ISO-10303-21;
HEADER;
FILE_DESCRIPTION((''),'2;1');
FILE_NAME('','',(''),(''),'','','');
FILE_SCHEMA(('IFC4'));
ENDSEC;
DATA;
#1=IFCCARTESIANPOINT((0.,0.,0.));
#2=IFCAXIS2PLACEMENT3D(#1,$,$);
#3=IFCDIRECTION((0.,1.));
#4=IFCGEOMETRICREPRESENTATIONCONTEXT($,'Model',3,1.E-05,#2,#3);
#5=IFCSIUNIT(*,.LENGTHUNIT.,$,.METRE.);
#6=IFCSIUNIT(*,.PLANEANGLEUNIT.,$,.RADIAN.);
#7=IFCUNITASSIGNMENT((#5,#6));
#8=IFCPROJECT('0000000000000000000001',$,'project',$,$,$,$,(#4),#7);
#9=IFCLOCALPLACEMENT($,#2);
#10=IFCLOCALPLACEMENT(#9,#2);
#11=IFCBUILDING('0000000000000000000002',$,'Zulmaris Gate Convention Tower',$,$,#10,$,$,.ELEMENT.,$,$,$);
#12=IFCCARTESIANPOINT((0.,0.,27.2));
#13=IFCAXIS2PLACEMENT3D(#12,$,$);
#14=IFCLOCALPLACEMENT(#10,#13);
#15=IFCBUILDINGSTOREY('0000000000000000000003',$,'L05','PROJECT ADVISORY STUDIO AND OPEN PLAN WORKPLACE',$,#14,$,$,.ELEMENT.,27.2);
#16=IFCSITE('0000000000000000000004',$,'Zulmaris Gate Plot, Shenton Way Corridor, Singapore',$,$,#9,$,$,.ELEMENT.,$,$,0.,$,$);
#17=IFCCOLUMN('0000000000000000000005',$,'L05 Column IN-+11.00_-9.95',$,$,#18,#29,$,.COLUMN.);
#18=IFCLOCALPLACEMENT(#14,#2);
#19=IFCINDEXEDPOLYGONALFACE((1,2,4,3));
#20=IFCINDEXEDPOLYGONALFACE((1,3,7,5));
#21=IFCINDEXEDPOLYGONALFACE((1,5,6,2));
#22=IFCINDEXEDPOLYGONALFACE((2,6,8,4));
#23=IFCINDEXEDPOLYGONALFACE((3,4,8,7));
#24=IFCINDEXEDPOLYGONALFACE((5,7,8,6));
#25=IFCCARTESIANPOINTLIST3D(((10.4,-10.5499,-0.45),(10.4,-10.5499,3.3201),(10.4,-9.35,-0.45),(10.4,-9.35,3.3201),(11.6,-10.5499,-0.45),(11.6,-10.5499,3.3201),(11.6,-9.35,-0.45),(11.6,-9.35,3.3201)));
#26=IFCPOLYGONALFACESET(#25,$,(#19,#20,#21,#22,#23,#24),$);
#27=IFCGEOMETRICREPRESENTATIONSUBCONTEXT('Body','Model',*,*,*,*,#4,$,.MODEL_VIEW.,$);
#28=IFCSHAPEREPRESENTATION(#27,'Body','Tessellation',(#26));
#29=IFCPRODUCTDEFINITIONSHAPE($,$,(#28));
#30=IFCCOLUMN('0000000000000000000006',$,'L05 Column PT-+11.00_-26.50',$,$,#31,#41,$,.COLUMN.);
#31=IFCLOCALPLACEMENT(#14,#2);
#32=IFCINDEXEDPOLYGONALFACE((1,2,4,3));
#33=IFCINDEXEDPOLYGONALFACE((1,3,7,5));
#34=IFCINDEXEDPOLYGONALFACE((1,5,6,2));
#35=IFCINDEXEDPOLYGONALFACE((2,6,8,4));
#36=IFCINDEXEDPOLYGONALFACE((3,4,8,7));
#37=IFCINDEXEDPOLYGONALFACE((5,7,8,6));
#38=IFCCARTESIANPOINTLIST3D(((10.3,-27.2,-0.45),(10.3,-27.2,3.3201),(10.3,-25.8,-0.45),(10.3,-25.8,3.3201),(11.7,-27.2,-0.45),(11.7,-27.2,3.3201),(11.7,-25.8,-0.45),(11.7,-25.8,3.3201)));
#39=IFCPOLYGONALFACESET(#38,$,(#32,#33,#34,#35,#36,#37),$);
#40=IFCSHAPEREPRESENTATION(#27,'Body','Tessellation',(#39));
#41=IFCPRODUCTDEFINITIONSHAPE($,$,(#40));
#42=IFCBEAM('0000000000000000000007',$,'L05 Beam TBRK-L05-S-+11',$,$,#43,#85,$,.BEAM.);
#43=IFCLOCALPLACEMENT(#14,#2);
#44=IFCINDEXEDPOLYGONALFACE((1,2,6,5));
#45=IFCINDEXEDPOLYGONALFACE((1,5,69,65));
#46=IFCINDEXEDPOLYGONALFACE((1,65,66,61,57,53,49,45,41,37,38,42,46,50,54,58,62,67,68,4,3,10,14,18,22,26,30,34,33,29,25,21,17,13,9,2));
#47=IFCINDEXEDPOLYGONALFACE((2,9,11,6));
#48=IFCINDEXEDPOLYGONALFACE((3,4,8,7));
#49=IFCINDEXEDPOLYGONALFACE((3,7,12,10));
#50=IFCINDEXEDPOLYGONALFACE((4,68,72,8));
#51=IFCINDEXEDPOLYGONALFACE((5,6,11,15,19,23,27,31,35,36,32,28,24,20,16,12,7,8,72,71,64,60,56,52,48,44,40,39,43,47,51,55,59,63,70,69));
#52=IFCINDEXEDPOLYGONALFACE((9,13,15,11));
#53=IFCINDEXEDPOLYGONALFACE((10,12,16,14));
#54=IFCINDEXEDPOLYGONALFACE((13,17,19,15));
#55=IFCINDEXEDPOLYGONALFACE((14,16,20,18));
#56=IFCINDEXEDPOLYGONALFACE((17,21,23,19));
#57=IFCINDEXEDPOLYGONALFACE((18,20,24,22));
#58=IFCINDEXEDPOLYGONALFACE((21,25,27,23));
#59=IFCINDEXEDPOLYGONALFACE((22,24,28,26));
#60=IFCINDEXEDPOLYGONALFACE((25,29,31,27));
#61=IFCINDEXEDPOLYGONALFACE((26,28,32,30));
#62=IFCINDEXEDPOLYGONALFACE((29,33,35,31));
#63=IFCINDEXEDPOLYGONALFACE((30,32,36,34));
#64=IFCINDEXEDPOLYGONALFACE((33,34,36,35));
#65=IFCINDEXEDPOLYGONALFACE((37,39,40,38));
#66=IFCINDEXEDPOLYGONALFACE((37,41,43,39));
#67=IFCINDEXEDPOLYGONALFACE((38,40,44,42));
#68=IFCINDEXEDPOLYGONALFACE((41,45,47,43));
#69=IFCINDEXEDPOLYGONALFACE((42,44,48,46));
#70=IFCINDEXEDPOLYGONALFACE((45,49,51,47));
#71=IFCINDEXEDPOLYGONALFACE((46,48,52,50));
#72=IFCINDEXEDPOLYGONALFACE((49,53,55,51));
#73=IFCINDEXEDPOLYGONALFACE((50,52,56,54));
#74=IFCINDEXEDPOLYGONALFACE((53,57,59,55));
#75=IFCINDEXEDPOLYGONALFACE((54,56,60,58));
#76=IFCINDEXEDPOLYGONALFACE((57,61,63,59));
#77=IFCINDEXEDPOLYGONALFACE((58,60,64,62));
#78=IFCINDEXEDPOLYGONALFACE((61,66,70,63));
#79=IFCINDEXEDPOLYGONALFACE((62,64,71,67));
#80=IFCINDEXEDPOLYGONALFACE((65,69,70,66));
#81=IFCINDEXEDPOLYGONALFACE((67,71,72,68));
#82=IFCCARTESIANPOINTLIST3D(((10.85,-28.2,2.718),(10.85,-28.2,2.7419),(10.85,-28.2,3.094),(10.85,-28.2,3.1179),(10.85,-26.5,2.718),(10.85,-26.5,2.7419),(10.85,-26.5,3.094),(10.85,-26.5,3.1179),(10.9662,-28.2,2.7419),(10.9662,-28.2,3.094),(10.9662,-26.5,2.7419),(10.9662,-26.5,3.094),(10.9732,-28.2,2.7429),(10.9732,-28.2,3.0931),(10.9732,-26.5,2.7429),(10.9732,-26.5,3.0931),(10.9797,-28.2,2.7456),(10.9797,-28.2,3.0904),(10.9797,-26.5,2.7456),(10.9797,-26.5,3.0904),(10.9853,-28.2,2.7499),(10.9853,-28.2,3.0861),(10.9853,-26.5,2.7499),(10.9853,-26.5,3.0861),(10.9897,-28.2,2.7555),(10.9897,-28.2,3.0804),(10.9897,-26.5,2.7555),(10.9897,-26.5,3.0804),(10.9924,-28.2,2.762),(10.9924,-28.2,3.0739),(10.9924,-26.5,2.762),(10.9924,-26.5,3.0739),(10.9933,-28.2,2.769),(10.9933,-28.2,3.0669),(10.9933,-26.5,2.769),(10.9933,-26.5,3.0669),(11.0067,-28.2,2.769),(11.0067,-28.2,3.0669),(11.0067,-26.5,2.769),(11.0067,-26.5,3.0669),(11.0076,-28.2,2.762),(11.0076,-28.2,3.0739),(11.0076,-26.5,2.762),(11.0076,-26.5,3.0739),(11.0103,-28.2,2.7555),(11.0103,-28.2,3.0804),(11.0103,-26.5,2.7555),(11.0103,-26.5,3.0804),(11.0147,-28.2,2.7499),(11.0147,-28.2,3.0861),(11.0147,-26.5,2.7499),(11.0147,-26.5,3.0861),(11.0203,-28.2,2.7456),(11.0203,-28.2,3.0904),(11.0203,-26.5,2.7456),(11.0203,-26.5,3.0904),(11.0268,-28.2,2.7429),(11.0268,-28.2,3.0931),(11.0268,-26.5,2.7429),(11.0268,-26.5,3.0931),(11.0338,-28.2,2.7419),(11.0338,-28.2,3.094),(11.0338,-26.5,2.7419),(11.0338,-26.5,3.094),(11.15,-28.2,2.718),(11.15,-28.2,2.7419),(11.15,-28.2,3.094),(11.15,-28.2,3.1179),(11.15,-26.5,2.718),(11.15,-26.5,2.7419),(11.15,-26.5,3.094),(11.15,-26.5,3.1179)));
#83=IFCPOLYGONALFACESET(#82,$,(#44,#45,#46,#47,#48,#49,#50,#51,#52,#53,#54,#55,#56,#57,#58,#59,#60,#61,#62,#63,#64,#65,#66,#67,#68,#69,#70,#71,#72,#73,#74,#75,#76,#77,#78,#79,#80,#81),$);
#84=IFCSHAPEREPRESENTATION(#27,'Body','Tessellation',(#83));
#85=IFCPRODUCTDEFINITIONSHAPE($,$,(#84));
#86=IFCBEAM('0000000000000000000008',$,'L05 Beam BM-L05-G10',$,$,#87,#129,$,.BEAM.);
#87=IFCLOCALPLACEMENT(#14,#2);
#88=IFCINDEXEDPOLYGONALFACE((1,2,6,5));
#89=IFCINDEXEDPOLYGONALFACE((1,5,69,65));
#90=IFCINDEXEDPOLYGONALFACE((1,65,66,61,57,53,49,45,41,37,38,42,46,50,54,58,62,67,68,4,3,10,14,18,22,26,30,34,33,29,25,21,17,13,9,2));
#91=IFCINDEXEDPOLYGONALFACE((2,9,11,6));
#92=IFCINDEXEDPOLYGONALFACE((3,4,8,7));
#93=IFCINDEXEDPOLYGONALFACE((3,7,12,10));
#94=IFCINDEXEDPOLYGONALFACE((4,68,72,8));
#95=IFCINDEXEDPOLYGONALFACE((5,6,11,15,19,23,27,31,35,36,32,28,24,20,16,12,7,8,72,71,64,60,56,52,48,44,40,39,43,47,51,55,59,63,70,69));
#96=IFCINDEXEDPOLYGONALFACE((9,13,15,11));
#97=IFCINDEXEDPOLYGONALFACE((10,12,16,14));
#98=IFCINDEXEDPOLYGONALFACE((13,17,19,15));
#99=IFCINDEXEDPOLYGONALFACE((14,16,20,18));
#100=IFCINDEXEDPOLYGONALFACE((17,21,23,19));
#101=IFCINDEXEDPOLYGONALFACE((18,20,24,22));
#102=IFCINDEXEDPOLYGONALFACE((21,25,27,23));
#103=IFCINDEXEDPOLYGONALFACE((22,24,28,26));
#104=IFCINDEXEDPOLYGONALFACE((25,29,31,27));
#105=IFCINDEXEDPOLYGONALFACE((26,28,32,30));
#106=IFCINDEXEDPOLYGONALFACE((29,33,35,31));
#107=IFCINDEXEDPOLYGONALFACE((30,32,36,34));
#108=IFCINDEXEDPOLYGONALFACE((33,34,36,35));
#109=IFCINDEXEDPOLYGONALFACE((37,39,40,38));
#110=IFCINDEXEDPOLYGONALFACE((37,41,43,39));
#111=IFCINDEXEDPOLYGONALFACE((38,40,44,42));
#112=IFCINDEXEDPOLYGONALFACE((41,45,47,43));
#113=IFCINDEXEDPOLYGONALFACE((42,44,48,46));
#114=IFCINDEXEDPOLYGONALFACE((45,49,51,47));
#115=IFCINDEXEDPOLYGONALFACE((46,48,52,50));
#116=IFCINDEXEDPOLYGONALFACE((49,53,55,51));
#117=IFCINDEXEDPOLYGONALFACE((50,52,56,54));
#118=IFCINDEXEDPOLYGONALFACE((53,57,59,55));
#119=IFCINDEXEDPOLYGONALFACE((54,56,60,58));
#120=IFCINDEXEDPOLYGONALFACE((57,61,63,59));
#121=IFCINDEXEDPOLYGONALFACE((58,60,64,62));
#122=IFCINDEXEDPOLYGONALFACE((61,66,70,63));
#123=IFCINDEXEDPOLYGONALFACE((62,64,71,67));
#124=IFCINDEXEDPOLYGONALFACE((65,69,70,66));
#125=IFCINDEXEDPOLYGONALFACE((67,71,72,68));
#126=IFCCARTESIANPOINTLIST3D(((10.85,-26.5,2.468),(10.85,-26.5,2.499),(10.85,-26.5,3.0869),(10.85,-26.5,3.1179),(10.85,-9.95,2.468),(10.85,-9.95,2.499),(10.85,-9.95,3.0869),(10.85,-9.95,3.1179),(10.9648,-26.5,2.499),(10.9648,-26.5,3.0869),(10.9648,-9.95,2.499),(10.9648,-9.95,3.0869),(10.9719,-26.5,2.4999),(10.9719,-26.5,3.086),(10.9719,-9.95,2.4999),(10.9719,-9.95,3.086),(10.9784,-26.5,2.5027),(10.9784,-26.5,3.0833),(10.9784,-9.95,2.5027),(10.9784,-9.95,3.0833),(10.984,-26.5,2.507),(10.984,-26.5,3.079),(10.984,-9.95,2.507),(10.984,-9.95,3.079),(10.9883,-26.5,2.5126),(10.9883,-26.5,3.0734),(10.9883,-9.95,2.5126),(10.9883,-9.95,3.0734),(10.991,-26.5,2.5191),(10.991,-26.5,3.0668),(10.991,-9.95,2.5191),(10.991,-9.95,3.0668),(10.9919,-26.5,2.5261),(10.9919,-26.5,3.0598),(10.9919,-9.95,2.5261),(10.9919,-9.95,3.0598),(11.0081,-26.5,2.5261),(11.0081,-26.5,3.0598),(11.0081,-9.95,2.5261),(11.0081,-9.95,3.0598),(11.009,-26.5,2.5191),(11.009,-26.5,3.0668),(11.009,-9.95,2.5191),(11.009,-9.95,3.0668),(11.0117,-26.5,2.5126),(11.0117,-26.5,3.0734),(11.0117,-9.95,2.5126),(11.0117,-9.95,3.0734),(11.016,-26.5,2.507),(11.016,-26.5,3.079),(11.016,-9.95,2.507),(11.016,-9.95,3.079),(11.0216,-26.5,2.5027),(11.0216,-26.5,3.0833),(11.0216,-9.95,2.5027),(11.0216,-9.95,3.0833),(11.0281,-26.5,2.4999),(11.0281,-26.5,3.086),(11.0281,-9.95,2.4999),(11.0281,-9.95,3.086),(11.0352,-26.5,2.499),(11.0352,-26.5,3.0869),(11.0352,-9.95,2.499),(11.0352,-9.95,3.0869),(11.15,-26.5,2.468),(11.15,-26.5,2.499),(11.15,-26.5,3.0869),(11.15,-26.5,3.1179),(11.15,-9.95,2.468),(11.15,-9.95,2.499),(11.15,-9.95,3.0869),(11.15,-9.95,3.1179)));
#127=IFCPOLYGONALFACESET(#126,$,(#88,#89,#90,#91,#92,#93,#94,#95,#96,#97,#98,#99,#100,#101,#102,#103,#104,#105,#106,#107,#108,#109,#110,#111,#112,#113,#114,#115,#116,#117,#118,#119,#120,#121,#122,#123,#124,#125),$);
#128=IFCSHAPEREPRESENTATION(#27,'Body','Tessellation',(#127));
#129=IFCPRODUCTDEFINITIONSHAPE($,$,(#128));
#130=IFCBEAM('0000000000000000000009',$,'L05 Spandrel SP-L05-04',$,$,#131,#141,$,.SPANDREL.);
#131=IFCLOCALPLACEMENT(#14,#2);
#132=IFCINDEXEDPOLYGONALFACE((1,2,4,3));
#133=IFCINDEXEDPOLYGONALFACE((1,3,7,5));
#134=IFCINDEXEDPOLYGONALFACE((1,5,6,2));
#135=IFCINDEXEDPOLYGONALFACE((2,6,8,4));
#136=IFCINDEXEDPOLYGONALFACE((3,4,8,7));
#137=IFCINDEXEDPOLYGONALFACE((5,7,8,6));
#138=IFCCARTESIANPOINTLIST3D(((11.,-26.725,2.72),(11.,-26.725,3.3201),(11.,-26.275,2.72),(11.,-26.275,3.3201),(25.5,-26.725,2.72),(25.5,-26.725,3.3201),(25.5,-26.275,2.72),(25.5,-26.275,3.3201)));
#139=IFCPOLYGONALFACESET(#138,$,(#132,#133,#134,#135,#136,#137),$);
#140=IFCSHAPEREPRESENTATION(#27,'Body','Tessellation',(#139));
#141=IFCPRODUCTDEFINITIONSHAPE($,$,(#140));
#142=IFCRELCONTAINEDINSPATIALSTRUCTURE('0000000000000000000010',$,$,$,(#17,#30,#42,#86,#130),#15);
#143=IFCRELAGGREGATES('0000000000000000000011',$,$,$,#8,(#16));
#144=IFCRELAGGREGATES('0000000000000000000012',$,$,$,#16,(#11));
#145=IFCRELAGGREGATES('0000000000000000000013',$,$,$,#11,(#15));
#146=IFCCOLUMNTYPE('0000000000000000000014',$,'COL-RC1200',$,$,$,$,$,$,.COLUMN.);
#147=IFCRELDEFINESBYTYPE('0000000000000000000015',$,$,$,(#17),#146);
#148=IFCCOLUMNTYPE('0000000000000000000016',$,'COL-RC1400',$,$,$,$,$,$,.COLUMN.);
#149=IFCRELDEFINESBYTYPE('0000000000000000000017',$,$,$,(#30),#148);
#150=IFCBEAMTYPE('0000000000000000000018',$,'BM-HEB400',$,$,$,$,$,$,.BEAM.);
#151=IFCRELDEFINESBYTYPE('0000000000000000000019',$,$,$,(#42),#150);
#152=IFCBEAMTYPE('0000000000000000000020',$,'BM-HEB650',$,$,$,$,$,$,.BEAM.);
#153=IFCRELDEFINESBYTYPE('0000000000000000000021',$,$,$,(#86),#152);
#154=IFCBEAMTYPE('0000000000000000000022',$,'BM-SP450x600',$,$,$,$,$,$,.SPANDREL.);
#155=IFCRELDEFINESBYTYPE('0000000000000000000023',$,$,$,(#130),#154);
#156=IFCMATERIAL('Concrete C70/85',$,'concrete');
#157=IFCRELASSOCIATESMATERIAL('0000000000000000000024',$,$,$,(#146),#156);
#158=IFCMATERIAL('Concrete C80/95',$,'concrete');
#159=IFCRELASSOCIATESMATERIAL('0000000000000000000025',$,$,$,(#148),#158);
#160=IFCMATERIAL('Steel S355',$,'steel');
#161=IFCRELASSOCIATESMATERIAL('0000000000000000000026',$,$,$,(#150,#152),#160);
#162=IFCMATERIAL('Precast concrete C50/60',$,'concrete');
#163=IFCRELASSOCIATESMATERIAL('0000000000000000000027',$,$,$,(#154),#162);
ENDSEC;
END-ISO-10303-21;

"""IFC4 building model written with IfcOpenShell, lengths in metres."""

from ifc_helpers import new_model, si_unit, direction, frame, origin, origin_2d, place, context, subcontext, project, spatial, rectangle, i_section, extrude, material, material_profile, profile_set, type_object, element, save


model = new_model("IFC4")

# Units and contexts
model_context = context("Model", 3, precision=1e-05, world=origin(), true_north=direction((0.0, 1.0)))
body_context = subcontext(model_context, "Body", "Model", "MODEL_VIEW")
ifc_project = project(units=[si_unit("LENGTHUNIT", "METRE"), si_unit("PLANEANGLEUNIT", "RADIAN")], contexts=[model_context])

# Site, building, storey
site_placement = place(None, origin())
site = spatial("IfcSite", under=ifc_project, at=site_placement, Name="Zulmaris Gate Plot, Shenton Way Corridor, Singapore", CompositionType="ELEMENT", RefElevation=0.0)
building_placement = place(site_placement, origin())
building = spatial("IfcBuilding", under=site, at=building_placement, Name="Zulmaris Gate Convention Tower", CompositionType="ELEMENT")
storey_placement = place(building_placement, frame((0.0, 0.0, 27.2)))
storey = spatial("IfcBuildingStorey", under=building, at=storey_placement, Name="L05", Description="PROJECT ADVISORY STUDIO AND OPEN PLAN WORKPLACE", CompositionType="ELEMENT", Elevation=27.2)

# Columns
ifc_material_1 = material(Name="Concrete C70/85", Category="concrete")
ifc_material_profile_1 = material_profile(ifc_material_1, rectangle(XDim=1.2, YDim=1.2, at=origin_2d()), Name="RC COL 1200x1200")
ifc_profile_set_1 = profile_set([ifc_material_profile_1], Name="Concrete C70/85")
column_type_1 = type_object("IfcColumnType", Name="COL-RC1200", PredefinedType="COLUMN", material=ifc_profile_set_1)
column_1_placement = place(storey_placement, frame((11.0, -9.95, -0.45), z_axis=(0.0, 0.0, 1.0), x_axis=(1.0, 0.0, 0.0)))
element("IfcColumn", 1, at=column_1_placement, inside=storey, type_object=column_type_1, Name="L05 Column IN-+11.00_-9.95", PredefinedType="COLUMN", context=body_context, shape_type="SweptSolid", body=[
    extrude(rectangle(XDim=1.2, YDim=1.2, at=origin_2d()), origin(), (0.0, 0.0, 1.0), 3.77),
])
ifc_material_2 = material(Name="Concrete C80/95", Category="concrete")
ifc_material_profile_2 = material_profile(ifc_material_2, rectangle(XDim=1.3999, YDim=1.3999, at=origin_2d()), Name="RC COL 1400x1400")
ifc_profile_set_2 = profile_set([ifc_material_profile_2], Name="Concrete C80/95")
column_type_2 = type_object("IfcColumnType", Name="COL-RC1400", PredefinedType="COLUMN", material=ifc_profile_set_2)
column_2_placement = place(storey_placement, frame((11.0, -26.5, -0.45), z_axis=(0.0, 0.0, 1.0), x_axis=(1.0, 0.0, 0.0)))
element("IfcColumn", 2, at=column_2_placement, inside=storey, type_object=column_type_2, Name="L05 Column PT-+11.00_-26.50", PredefinedType="COLUMN", context=body_context, shape_type="SweptSolid", body=[
    extrude(rectangle(XDim=1.3999, YDim=1.3999, at=origin_2d()), origin(), (0.0, 0.0, 1.0), 3.77),
])

# Beams
ifc_material_3 = material(Name="Steel S355", Category="steel")
ifc_material_profile_3 = material_profile(ifc_material_3, i_section(OverallWidth=0.3, OverallDepth=0.3999, WebThickness=0.0134, FlangeThickness=0.0239, FilletRadius=0.0271, at=origin_2d()), Name="HEB 400")
ifc_profile_set_3 = profile_set([ifc_material_profile_3], Name="Steel S355")
beam_type_1 = type_object("IfcBeamType", Name="BM-HEB400", PredefinedType="BEAM", material=ifc_profile_set_3)
beam_1_placement = place(storey_placement, frame((11.0, -28.2, 2.918), z_axis=(0.0, 1.0, 0.0), x_axis=(-1.0, 0.0, 0.0)))
element("IfcBeam", 3, at=beam_1_placement, inside=storey, type_object=beam_type_1, Name="L05 Beam TBRK-L05-S-+11", PredefinedType="BEAM", context=body_context, shape_type="SweptSolid", body=[
    extrude(i_section(OverallWidth=0.3, OverallDepth=0.3999, WebThickness=0.0134, FlangeThickness=0.0239, FilletRadius=0.0271, at=origin_2d()), origin(), (0.0, 0.0, 1.0), 1.7),
])
ifc_material_profile_4 = material_profile(ifc_material_3, i_section(OverallWidth=0.3, OverallDepth=0.6499, WebThickness=0.0161, FlangeThickness=0.031, FilletRadius=0.0271, at=origin_2d()), Name="HEB 650")
ifc_profile_set_4 = profile_set([ifc_material_profile_4], Name="Steel S355")
beam_type_2 = type_object("IfcBeamType", Name="BM-HEB650", PredefinedType="BEAM", material=ifc_profile_set_4)
beam_2_placement = place(storey_placement, frame((11.0, -26.5, 2.793), z_axis=(0.0, 1.0, 0.0), x_axis=(-1.0, 0.0, 0.0)))
element("IfcBeam", 4, at=beam_2_placement, inside=storey, type_object=beam_type_2, Name="L05 Beam BM-L05-G10", PredefinedType="BEAM", context=body_context, shape_type="SweptSolid", body=[
    extrude(i_section(OverallWidth=0.3, OverallDepth=0.6499, WebThickness=0.0161, FlangeThickness=0.031, FilletRadius=0.0271, at=origin_2d()), origin(), (0.0, 0.0, 1.0), 16.55),
])
ifc_material_4 = material(Name="Precast concrete C50/60", Category="concrete")
ifc_material_profile_5 = material_profile(ifc_material_4, rectangle(XDim=0.45, YDim=0.6001, at=origin_2d()), Name="RC SPANDREL 450x600")
ifc_profile_set_5 = profile_set([ifc_material_profile_5], Name="Precast concrete C50/60")
beam_type_3 = type_object("IfcBeamType", Name="BM-SP450x600", PredefinedType="SPANDREL", material=ifc_profile_set_5)
beam_3_placement = place(storey_placement, frame((11.0, -26.5, 3.02), z_axis=(1.0, 0.0, 0.0), x_axis=(0.0, 1.0, 0.0)))
element("IfcBeam", 5, at=beam_3_placement, inside=storey, type_object=beam_type_3, Name="L05 Spandrel SP-L05-04", PredefinedType="SPANDREL", context=body_context, shape_type="SweptSolid", body=[
    extrude(rectangle(XDim=0.45, YDim=0.6001, at=origin_2d()), origin(), (0.0, 0.0, 1.0), 14.5),
])

save(model, "model.ifc")
